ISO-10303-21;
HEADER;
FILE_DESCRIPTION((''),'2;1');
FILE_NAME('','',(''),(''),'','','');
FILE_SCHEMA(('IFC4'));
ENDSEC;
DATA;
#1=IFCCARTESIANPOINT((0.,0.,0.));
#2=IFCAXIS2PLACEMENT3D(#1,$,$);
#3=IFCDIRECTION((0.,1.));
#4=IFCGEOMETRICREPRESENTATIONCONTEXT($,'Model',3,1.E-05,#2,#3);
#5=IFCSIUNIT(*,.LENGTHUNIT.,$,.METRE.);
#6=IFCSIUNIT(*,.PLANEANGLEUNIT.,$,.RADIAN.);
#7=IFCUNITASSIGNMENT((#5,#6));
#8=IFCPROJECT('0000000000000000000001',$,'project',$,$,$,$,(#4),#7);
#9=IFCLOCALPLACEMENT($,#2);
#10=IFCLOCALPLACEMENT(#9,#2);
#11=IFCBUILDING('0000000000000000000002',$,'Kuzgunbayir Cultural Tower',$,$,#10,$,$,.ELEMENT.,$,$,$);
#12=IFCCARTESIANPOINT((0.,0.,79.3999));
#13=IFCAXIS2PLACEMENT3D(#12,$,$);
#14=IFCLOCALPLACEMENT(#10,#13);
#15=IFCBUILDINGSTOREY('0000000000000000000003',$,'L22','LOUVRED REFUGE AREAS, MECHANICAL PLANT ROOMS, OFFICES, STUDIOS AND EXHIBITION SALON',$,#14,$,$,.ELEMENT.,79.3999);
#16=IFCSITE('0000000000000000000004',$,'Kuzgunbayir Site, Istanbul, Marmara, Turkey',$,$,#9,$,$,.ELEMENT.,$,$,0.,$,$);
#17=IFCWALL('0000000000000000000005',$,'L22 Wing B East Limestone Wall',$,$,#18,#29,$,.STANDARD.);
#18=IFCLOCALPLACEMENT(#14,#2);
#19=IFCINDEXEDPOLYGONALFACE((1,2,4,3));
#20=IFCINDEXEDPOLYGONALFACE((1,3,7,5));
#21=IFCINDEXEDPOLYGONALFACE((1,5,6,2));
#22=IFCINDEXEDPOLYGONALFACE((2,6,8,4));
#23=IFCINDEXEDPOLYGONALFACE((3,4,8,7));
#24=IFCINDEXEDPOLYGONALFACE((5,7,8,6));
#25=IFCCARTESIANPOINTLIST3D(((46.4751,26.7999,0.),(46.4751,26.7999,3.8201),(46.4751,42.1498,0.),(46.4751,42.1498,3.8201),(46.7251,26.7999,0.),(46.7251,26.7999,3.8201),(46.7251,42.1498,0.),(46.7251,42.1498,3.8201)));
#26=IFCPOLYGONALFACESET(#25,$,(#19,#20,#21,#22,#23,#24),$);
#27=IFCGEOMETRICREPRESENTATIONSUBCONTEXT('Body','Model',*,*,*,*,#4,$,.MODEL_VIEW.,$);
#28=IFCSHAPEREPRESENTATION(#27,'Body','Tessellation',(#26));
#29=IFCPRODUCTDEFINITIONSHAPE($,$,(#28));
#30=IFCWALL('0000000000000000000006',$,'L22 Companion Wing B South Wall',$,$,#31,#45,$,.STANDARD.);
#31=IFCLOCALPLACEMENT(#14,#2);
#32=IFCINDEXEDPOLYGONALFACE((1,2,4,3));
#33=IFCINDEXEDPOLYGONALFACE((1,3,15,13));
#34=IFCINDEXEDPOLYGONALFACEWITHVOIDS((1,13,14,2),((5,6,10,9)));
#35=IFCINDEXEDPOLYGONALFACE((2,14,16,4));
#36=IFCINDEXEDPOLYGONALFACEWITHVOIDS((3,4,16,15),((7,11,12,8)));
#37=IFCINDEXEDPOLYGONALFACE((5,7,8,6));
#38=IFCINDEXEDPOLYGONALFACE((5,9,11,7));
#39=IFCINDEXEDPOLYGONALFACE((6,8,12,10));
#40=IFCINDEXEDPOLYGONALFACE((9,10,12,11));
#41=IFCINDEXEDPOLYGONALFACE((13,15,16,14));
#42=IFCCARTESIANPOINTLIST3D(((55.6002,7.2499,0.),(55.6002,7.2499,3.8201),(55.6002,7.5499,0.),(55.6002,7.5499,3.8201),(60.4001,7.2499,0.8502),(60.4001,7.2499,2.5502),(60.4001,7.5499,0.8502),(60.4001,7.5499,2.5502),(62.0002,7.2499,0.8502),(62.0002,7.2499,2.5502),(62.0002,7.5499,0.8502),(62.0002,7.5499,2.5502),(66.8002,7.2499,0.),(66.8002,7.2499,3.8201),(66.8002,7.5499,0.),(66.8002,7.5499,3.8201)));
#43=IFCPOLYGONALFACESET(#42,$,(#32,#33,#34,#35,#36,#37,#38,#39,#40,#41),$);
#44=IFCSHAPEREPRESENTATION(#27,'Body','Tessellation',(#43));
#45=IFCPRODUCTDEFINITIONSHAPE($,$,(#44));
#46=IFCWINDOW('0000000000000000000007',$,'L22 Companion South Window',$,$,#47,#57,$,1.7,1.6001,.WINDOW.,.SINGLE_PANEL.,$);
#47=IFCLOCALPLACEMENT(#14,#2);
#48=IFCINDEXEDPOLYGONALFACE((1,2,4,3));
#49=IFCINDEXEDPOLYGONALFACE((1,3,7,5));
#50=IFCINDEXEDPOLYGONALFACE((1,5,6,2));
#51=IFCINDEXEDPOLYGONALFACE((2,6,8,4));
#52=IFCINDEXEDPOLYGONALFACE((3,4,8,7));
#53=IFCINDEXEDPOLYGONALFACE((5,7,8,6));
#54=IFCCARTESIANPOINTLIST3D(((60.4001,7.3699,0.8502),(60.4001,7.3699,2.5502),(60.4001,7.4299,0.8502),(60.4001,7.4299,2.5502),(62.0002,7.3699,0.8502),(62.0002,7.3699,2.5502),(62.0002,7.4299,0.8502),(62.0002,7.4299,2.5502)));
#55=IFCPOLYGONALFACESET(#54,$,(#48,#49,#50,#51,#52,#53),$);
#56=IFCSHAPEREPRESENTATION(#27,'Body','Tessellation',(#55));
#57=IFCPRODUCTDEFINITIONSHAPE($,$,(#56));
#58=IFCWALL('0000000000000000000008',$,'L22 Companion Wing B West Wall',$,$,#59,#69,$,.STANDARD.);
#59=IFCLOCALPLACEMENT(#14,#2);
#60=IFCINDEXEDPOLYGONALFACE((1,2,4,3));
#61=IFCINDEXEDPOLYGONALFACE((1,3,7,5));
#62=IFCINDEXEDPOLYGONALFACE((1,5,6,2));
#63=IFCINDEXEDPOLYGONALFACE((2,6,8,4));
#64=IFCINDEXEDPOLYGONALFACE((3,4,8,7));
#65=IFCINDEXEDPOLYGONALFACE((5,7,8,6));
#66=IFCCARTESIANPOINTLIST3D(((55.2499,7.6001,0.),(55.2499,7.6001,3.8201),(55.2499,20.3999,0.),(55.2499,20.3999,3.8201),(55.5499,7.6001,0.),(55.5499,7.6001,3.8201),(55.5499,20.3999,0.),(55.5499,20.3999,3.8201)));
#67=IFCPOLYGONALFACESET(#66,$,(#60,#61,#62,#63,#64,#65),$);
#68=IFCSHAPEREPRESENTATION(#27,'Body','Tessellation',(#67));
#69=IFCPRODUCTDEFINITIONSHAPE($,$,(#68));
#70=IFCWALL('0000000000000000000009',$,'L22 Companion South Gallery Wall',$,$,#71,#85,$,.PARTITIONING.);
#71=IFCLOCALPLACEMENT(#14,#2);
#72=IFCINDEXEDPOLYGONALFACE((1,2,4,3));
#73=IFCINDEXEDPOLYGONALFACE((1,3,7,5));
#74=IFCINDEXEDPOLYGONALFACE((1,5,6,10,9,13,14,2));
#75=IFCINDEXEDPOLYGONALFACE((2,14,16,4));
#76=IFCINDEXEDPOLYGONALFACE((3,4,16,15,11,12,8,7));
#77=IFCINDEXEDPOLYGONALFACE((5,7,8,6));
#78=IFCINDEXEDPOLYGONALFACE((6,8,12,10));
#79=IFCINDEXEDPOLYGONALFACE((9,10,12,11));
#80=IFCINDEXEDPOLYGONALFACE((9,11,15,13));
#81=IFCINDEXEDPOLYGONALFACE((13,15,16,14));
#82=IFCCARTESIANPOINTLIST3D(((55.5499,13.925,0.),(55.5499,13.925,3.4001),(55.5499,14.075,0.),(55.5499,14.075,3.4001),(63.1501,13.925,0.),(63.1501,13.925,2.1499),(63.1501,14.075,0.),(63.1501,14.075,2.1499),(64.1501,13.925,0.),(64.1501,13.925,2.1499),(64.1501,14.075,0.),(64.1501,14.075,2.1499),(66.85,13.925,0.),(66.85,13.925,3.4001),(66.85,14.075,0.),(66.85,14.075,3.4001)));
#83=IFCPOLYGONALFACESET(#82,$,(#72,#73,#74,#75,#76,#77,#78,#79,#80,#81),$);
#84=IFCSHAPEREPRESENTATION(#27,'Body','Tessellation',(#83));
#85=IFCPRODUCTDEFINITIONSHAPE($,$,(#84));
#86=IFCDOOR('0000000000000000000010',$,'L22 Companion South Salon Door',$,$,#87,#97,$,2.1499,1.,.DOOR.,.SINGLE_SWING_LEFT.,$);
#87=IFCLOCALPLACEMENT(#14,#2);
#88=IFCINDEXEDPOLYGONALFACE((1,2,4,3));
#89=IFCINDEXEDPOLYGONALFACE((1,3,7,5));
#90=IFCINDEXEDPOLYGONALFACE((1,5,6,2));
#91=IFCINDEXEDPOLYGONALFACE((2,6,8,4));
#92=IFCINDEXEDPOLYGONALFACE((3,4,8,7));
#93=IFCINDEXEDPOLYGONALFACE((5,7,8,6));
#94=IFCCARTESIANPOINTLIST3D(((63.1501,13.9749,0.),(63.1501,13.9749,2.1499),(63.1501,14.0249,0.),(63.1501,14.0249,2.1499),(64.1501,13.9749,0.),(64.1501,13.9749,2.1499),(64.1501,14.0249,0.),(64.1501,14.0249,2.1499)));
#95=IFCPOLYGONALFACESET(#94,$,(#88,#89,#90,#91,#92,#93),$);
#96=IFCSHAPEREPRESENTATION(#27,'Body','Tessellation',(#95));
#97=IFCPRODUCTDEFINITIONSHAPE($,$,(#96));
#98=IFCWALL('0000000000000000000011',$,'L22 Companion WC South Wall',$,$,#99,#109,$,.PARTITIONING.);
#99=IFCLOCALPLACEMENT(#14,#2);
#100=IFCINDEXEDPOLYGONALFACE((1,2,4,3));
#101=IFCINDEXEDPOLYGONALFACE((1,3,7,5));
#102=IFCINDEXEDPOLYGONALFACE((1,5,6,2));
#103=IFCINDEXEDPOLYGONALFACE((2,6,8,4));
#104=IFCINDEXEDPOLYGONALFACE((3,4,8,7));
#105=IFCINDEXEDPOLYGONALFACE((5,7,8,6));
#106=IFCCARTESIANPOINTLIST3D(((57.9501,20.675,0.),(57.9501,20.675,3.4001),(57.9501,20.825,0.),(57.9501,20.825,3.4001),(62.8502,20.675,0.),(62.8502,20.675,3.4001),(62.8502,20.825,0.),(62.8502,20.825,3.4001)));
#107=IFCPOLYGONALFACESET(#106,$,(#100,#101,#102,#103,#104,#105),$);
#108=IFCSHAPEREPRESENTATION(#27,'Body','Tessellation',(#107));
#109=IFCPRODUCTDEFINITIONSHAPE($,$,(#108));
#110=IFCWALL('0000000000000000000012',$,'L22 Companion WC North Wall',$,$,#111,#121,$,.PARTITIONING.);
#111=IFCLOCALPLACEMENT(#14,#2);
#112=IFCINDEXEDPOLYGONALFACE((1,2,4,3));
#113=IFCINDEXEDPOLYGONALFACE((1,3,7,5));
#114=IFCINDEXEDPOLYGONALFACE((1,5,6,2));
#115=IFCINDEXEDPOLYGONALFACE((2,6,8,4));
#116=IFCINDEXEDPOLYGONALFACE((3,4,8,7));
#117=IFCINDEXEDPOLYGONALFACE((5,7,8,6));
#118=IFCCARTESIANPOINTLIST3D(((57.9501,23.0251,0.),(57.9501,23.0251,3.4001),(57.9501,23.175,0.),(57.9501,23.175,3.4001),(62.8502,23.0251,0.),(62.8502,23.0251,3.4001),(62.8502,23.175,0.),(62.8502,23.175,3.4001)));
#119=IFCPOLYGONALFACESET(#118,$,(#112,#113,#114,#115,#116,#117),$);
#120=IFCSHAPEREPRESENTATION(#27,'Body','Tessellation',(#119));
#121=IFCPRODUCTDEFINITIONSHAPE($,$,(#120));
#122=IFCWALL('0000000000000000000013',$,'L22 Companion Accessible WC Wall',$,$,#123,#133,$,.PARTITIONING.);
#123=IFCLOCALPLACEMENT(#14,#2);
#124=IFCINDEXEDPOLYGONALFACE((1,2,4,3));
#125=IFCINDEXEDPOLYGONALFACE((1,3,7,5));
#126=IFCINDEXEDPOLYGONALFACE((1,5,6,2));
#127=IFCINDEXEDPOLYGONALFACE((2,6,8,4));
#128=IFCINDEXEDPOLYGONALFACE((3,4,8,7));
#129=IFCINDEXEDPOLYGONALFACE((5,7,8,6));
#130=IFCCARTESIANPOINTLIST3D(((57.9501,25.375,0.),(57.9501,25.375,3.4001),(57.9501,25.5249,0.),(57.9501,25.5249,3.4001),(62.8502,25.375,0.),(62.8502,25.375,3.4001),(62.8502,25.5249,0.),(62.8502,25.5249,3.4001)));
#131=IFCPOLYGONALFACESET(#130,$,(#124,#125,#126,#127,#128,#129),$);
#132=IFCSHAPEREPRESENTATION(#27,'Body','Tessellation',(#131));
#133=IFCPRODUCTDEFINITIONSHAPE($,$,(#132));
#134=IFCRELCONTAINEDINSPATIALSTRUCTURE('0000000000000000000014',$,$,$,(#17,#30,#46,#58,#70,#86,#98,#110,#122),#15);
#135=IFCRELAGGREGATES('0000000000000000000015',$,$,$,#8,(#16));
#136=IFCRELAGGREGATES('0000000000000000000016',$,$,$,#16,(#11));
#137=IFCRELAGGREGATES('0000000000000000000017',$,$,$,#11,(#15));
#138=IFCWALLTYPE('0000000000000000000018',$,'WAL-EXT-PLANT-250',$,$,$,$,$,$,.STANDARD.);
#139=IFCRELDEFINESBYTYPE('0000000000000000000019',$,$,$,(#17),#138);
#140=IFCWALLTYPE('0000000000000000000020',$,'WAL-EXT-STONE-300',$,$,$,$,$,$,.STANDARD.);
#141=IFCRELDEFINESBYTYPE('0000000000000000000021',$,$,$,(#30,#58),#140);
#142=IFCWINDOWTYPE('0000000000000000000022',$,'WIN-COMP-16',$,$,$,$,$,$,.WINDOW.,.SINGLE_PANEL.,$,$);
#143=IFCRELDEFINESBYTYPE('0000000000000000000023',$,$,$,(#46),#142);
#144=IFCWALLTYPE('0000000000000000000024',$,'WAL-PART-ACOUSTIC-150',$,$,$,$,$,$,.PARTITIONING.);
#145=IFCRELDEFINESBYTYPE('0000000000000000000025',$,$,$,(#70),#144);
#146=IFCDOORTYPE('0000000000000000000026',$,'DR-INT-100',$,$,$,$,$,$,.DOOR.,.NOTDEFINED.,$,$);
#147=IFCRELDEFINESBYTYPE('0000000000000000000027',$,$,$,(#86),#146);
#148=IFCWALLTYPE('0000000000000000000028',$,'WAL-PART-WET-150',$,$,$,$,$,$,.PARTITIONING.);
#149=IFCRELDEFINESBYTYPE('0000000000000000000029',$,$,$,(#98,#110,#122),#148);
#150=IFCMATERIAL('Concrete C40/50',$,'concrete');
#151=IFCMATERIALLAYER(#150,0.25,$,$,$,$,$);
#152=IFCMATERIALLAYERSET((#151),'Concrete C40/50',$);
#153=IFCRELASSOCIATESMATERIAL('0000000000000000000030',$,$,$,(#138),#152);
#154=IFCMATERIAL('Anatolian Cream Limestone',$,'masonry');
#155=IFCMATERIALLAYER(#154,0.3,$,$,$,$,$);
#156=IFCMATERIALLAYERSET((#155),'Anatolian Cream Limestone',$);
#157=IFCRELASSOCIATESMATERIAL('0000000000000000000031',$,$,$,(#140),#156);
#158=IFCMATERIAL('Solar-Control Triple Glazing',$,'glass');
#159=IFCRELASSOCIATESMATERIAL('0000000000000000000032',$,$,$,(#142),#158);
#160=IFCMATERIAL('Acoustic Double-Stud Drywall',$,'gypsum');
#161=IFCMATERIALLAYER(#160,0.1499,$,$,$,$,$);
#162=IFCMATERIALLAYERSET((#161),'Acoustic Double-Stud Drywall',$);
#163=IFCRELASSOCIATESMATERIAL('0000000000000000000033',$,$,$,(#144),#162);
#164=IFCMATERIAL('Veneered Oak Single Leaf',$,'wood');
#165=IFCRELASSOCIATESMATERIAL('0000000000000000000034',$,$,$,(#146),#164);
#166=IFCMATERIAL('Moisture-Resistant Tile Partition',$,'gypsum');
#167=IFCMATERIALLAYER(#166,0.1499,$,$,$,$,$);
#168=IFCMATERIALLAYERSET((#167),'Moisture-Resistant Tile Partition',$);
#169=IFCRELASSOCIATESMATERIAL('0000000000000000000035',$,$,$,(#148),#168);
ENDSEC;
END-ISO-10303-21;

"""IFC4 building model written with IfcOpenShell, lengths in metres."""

from ifc_helpers import new_model, si_unit, direction, frame, frame_2d, origin, place, context, subcontext, project, spatial, rectangle, extrude, material, layer, layer_set, type_object, element, fill, save


model = new_model("IFC4")

# Units and contexts
model_context = context("Model", 3, precision=1e-05, world=origin(), true_north=direction((0.0, 1.0)))
body_context = subcontext(model_context, "Body", "Model", "MODEL_VIEW")
ifc_project = project(units=[si_unit("LENGTHUNIT", "METRE"), si_unit("PLANEANGLEUNIT", "RADIAN")], contexts=[model_context])

# Site, building, storey
site_placement = place(None, origin())
site = spatial("IfcSite", under=ifc_project, at=site_placement, Name="Kuzgunbayir Site, Istanbul, Marmara, Turkey", CompositionType="ELEMENT", RefElevation=0.0)
building_placement = place(site_placement, origin())
building = spatial("IfcBuilding", under=site, at=building_placement, Name="Kuzgunbayir Cultural Tower", CompositionType="ELEMENT")
storey_placement = place(building_placement, frame((0.0, 0.0, 79.3999)))
storey = spatial("IfcBuildingStorey", under=building, at=storey_placement, Name="L22", Description="LOUVRED REFUGE AREAS, MECHANICAL PLANT ROOMS, OFFICES, STUDIOS AND EXHIBITION SALON", CompositionType="ELEMENT", Elevation=79.3999)

# Wall
ifc_material_1 = material(Name="Concrete C40/50", Category="concrete")
ifc_layer_1 = layer(ifc_material_1, 0.25)
ifc_layer_set_1 = layer_set([ifc_layer_1], Name="Concrete C40/50")
wall_type_1 = type_object("IfcWallType", Name="WAL-EXT-PLANT-250", PredefinedType="STANDARD", material=ifc_layer_set_1)
wall_1_placement = place(storey_placement, frame((46.6001, 26.8, 0.0), z_axis=(0.0, 0.0, 1.0), x_axis=(0.0, 1.0, 0.0)))
element("IfcWall", 1, at=wall_1_placement, inside=storey, type_object=wall_type_1, Name="L22 Wing B East Limestone Wall", PredefinedType="STANDARD", context=body_context, shape_type="SweptSolid", body=[
    extrude(rectangle(XDim=15.3499, YDim=0.25, at=frame_2d((7.6748, 0.0))), origin(), (0.0, 0.0, 1.0), 3.8201),
])

# Wall, opening, window
ifc_material_2 = material(Name="Anatolian Cream Limestone", Category="masonry")
ifc_layer_2 = layer(ifc_material_2, 0.3)
ifc_layer_set_2 = layer_set([ifc_layer_2], Name="Anatolian Cream Limestone")
wall_type_2 = type_object("IfcWallType", Name="WAL-EXT-STONE-300", PredefinedType="STANDARD", material=ifc_layer_set_2)
wall_2_placement = place(storey_placement, frame((55.6001, 7.3999, 0.0), z_axis=(0.0, 0.0, 1.0), x_axis=(1.0, 0.0, 0.0)))
wall_2 = element("IfcWall", 2, at=wall_2_placement, inside=storey, type_object=wall_type_2, Name="L22 Companion Wing B South Wall", PredefinedType="STANDARD", context=body_context, shape_type="SweptSolid", body=[
    extrude(rectangle(XDim=11.2, YDim=0.3, at=frame_2d((5.6001, 0.0))), origin(), (0.0, 0.0, 1.0), 3.8201),
])
opening_1_placement = place(wall_2_placement, frame((4.8, 0.0, 0.8501)))
opening_1 = element("IfcOpeningElement", 3, at=opening_1_placement, cuts=wall_2, PredefinedType="OPENING", context=body_context, shape_type="SweptSolid", body=[
    extrude(rectangle(XDim=1.6001, YDim=1.7, at=frame_2d((0.8, 0.8501))), frame((0.0, 0.1602, 0.0), z_axis=(0.0, -1.0, 0.0), x_axis=(1.0, 0.0, 0.0)), (0.0, 0.0, 1.0), 0.3201),
])
ifc_material_3 = material(Name="Solar-Control Triple Glazing", Category="glass")
window_type = type_object("IfcWindowType", Name="WIN-COMP-16", PartitioningType="SINGLE_PANEL", PredefinedType="WINDOW", material=ifc_material_3)
window_placement = place(opening_1_placement, origin())
window = element("IfcWindow", 4, at=window_placement, inside=storey, type_object=window_type, Name="L22 Companion South Window", OverallHeight=1.7, OverallWidth=1.6001, PartitioningType="SINGLE_PANEL", PredefinedType="WINDOW", context=body_context, shape_type="SweptSolid", body=[
    extrude(rectangle(XDim=1.6001, YDim=1.7, at=frame_2d((0.8, 0.8501))), frame((0.0, 0.03, 0.0), z_axis=(0.0, -1.0, 0.0), x_axis=(1.0, 0.0, 0.0)), (0.0, 0.0, 1.0), 0.0601),
])
fill(opening_1, window)

# Wall
wall_3_placement = place(storey_placement, frame((55.3999, 20.3999, 0.0), z_axis=(0.0, 0.0, 1.0), x_axis=(0.0, -1.0, 0.0)))
element("IfcWall", 5, at=wall_3_placement, inside=storey, type_object=wall_type_2, Name="L22 Companion Wing B West Wall", PredefinedType="STANDARD", context=body_context, shape_type="SweptSolid", body=[
    extrude(rectangle(XDim=12.7998, YDim=0.3, at=frame_2d((6.3999, 0.0))), origin(), (0.0, 0.0, 1.0), 3.8201),
])

# Wall, opening, door
ifc_material_4 = material(Name="Acoustic Double-Stud Drywall", Category="gypsum")
ifc_layer_3 = layer(ifc_material_4, 0.1499)
ifc_layer_set_3 = layer_set([ifc_layer_3], Name="Acoustic Double-Stud Drywall")
wall_type_3 = type_object("IfcWallType", Name="WAL-PART-ACOUSTIC-150", PredefinedType="PARTITIONING", material=ifc_layer_set_3)
wall_4_placement = place(storey_placement, frame((55.55, 14.0, 0.0), z_axis=(0.0, 0.0, 1.0), x_axis=(1.0, 0.0, 0.0)))
wall_4 = element("IfcWall", 6, at=wall_4_placement, inside=storey, type_object=wall_type_3, Name="L22 Companion South Gallery Wall", PredefinedType="PARTITIONING", context=body_context, shape_type="SweptSolid", body=[
    extrude(rectangle(XDim=11.3, YDim=0.1499, at=frame_2d((5.6499, 0.0))), origin(), (0.0, 0.0, 1.0), 3.4001),
])
opening_2_placement = place(wall_4_placement, frame((7.6001, 0.0, 0.0)))
opening_2 = element("IfcOpeningElement", 7, at=opening_2_placement, cuts=wall_4, PredefinedType="OPENING", context=body_context, shape_type="SweptSolid", body=[
    extrude(rectangle(XDim=1.0, YDim=2.1499, at=frame_2d((0.5, 1.075))), frame((0.0, 0.085, 0.0), z_axis=(0.0, -1.0, 0.0), x_axis=(1.0, 0.0, 0.0)), (0.0, 0.0, 1.0), 0.1699),
])
ifc_material_5 = material(Name="Veneered Oak Single Leaf", Category="wood")
door_type = type_object("IfcDoorType", Name="DR-INT-100", OperationType="NOTDEFINED", PredefinedType="DOOR", material=ifc_material_5)
door_placement = place(opening_2_placement, origin())
door = element("IfcDoor", 8, at=door_placement, inside=storey, type_object=door_type, Name="L22 Companion South Salon Door", OperationType="SINGLE_SWING_LEFT", OverallHeight=2.1499, OverallWidth=1.0, PredefinedType="DOOR", context=body_context, shape_type="SweptSolid", body=[
    extrude(rectangle(XDim=1.0, YDim=2.1499, at=frame_2d((0.5, 1.075))), frame((0.0, 0.0249, 0.0), z_axis=(0.0, -1.0, 0.0), x_axis=(1.0, 0.0, 0.0)), (0.0, 0.0, 1.0), 0.05),
])
fill(opening_2, door)

# Walls
ifc_material_6 = material(Name="Moisture-Resistant Tile Partition", Category="gypsum")
ifc_layer_4 = layer(ifc_material_6, 0.1499)
ifc_layer_set_4 = layer_set([ifc_layer_4], Name="Moisture-Resistant Tile Partition")
wall_type_4 = type_object("IfcWallType", Name="WAL-PART-WET-150", PredefinedType="PARTITIONING", material=ifc_layer_set_4)
for number, where, z_axis, x_axis, name in (
    (9, (57.95, 20.75, 0.0), (0.0, 0.0, 1.0), (1.0, 0.0, 0.0), "L22 Companion WC South Wall"),
    (10, (57.95, 23.1001, 0.0), (0.0, 0.0, 1.0), (1.0, 0.0, 0.0), "L22 Companion WC North Wall"),
    (11, (57.95, 25.45, 0.0), (0.0, 0.0, 1.0), (1.0, 0.0, 0.0), "L22 Companion Accessible WC Wall"),
):
    element("IfcWall", number, at=place(storey_placement, frame(where, z_axis=z_axis, x_axis=x_axis)), inside=storey, type_object=wall_type_4, Name=name, PredefinedType="PARTITIONING", context=body_context, shape_type="SweptSolid", body=[
        extrude(rectangle(XDim=4.9001, YDim=0.1499, at=frame_2d((2.4502, 0.0))), origin(), (0.0, 0.0, 1.0), 3.4001),
    ])

save(model, "model.ifc")
